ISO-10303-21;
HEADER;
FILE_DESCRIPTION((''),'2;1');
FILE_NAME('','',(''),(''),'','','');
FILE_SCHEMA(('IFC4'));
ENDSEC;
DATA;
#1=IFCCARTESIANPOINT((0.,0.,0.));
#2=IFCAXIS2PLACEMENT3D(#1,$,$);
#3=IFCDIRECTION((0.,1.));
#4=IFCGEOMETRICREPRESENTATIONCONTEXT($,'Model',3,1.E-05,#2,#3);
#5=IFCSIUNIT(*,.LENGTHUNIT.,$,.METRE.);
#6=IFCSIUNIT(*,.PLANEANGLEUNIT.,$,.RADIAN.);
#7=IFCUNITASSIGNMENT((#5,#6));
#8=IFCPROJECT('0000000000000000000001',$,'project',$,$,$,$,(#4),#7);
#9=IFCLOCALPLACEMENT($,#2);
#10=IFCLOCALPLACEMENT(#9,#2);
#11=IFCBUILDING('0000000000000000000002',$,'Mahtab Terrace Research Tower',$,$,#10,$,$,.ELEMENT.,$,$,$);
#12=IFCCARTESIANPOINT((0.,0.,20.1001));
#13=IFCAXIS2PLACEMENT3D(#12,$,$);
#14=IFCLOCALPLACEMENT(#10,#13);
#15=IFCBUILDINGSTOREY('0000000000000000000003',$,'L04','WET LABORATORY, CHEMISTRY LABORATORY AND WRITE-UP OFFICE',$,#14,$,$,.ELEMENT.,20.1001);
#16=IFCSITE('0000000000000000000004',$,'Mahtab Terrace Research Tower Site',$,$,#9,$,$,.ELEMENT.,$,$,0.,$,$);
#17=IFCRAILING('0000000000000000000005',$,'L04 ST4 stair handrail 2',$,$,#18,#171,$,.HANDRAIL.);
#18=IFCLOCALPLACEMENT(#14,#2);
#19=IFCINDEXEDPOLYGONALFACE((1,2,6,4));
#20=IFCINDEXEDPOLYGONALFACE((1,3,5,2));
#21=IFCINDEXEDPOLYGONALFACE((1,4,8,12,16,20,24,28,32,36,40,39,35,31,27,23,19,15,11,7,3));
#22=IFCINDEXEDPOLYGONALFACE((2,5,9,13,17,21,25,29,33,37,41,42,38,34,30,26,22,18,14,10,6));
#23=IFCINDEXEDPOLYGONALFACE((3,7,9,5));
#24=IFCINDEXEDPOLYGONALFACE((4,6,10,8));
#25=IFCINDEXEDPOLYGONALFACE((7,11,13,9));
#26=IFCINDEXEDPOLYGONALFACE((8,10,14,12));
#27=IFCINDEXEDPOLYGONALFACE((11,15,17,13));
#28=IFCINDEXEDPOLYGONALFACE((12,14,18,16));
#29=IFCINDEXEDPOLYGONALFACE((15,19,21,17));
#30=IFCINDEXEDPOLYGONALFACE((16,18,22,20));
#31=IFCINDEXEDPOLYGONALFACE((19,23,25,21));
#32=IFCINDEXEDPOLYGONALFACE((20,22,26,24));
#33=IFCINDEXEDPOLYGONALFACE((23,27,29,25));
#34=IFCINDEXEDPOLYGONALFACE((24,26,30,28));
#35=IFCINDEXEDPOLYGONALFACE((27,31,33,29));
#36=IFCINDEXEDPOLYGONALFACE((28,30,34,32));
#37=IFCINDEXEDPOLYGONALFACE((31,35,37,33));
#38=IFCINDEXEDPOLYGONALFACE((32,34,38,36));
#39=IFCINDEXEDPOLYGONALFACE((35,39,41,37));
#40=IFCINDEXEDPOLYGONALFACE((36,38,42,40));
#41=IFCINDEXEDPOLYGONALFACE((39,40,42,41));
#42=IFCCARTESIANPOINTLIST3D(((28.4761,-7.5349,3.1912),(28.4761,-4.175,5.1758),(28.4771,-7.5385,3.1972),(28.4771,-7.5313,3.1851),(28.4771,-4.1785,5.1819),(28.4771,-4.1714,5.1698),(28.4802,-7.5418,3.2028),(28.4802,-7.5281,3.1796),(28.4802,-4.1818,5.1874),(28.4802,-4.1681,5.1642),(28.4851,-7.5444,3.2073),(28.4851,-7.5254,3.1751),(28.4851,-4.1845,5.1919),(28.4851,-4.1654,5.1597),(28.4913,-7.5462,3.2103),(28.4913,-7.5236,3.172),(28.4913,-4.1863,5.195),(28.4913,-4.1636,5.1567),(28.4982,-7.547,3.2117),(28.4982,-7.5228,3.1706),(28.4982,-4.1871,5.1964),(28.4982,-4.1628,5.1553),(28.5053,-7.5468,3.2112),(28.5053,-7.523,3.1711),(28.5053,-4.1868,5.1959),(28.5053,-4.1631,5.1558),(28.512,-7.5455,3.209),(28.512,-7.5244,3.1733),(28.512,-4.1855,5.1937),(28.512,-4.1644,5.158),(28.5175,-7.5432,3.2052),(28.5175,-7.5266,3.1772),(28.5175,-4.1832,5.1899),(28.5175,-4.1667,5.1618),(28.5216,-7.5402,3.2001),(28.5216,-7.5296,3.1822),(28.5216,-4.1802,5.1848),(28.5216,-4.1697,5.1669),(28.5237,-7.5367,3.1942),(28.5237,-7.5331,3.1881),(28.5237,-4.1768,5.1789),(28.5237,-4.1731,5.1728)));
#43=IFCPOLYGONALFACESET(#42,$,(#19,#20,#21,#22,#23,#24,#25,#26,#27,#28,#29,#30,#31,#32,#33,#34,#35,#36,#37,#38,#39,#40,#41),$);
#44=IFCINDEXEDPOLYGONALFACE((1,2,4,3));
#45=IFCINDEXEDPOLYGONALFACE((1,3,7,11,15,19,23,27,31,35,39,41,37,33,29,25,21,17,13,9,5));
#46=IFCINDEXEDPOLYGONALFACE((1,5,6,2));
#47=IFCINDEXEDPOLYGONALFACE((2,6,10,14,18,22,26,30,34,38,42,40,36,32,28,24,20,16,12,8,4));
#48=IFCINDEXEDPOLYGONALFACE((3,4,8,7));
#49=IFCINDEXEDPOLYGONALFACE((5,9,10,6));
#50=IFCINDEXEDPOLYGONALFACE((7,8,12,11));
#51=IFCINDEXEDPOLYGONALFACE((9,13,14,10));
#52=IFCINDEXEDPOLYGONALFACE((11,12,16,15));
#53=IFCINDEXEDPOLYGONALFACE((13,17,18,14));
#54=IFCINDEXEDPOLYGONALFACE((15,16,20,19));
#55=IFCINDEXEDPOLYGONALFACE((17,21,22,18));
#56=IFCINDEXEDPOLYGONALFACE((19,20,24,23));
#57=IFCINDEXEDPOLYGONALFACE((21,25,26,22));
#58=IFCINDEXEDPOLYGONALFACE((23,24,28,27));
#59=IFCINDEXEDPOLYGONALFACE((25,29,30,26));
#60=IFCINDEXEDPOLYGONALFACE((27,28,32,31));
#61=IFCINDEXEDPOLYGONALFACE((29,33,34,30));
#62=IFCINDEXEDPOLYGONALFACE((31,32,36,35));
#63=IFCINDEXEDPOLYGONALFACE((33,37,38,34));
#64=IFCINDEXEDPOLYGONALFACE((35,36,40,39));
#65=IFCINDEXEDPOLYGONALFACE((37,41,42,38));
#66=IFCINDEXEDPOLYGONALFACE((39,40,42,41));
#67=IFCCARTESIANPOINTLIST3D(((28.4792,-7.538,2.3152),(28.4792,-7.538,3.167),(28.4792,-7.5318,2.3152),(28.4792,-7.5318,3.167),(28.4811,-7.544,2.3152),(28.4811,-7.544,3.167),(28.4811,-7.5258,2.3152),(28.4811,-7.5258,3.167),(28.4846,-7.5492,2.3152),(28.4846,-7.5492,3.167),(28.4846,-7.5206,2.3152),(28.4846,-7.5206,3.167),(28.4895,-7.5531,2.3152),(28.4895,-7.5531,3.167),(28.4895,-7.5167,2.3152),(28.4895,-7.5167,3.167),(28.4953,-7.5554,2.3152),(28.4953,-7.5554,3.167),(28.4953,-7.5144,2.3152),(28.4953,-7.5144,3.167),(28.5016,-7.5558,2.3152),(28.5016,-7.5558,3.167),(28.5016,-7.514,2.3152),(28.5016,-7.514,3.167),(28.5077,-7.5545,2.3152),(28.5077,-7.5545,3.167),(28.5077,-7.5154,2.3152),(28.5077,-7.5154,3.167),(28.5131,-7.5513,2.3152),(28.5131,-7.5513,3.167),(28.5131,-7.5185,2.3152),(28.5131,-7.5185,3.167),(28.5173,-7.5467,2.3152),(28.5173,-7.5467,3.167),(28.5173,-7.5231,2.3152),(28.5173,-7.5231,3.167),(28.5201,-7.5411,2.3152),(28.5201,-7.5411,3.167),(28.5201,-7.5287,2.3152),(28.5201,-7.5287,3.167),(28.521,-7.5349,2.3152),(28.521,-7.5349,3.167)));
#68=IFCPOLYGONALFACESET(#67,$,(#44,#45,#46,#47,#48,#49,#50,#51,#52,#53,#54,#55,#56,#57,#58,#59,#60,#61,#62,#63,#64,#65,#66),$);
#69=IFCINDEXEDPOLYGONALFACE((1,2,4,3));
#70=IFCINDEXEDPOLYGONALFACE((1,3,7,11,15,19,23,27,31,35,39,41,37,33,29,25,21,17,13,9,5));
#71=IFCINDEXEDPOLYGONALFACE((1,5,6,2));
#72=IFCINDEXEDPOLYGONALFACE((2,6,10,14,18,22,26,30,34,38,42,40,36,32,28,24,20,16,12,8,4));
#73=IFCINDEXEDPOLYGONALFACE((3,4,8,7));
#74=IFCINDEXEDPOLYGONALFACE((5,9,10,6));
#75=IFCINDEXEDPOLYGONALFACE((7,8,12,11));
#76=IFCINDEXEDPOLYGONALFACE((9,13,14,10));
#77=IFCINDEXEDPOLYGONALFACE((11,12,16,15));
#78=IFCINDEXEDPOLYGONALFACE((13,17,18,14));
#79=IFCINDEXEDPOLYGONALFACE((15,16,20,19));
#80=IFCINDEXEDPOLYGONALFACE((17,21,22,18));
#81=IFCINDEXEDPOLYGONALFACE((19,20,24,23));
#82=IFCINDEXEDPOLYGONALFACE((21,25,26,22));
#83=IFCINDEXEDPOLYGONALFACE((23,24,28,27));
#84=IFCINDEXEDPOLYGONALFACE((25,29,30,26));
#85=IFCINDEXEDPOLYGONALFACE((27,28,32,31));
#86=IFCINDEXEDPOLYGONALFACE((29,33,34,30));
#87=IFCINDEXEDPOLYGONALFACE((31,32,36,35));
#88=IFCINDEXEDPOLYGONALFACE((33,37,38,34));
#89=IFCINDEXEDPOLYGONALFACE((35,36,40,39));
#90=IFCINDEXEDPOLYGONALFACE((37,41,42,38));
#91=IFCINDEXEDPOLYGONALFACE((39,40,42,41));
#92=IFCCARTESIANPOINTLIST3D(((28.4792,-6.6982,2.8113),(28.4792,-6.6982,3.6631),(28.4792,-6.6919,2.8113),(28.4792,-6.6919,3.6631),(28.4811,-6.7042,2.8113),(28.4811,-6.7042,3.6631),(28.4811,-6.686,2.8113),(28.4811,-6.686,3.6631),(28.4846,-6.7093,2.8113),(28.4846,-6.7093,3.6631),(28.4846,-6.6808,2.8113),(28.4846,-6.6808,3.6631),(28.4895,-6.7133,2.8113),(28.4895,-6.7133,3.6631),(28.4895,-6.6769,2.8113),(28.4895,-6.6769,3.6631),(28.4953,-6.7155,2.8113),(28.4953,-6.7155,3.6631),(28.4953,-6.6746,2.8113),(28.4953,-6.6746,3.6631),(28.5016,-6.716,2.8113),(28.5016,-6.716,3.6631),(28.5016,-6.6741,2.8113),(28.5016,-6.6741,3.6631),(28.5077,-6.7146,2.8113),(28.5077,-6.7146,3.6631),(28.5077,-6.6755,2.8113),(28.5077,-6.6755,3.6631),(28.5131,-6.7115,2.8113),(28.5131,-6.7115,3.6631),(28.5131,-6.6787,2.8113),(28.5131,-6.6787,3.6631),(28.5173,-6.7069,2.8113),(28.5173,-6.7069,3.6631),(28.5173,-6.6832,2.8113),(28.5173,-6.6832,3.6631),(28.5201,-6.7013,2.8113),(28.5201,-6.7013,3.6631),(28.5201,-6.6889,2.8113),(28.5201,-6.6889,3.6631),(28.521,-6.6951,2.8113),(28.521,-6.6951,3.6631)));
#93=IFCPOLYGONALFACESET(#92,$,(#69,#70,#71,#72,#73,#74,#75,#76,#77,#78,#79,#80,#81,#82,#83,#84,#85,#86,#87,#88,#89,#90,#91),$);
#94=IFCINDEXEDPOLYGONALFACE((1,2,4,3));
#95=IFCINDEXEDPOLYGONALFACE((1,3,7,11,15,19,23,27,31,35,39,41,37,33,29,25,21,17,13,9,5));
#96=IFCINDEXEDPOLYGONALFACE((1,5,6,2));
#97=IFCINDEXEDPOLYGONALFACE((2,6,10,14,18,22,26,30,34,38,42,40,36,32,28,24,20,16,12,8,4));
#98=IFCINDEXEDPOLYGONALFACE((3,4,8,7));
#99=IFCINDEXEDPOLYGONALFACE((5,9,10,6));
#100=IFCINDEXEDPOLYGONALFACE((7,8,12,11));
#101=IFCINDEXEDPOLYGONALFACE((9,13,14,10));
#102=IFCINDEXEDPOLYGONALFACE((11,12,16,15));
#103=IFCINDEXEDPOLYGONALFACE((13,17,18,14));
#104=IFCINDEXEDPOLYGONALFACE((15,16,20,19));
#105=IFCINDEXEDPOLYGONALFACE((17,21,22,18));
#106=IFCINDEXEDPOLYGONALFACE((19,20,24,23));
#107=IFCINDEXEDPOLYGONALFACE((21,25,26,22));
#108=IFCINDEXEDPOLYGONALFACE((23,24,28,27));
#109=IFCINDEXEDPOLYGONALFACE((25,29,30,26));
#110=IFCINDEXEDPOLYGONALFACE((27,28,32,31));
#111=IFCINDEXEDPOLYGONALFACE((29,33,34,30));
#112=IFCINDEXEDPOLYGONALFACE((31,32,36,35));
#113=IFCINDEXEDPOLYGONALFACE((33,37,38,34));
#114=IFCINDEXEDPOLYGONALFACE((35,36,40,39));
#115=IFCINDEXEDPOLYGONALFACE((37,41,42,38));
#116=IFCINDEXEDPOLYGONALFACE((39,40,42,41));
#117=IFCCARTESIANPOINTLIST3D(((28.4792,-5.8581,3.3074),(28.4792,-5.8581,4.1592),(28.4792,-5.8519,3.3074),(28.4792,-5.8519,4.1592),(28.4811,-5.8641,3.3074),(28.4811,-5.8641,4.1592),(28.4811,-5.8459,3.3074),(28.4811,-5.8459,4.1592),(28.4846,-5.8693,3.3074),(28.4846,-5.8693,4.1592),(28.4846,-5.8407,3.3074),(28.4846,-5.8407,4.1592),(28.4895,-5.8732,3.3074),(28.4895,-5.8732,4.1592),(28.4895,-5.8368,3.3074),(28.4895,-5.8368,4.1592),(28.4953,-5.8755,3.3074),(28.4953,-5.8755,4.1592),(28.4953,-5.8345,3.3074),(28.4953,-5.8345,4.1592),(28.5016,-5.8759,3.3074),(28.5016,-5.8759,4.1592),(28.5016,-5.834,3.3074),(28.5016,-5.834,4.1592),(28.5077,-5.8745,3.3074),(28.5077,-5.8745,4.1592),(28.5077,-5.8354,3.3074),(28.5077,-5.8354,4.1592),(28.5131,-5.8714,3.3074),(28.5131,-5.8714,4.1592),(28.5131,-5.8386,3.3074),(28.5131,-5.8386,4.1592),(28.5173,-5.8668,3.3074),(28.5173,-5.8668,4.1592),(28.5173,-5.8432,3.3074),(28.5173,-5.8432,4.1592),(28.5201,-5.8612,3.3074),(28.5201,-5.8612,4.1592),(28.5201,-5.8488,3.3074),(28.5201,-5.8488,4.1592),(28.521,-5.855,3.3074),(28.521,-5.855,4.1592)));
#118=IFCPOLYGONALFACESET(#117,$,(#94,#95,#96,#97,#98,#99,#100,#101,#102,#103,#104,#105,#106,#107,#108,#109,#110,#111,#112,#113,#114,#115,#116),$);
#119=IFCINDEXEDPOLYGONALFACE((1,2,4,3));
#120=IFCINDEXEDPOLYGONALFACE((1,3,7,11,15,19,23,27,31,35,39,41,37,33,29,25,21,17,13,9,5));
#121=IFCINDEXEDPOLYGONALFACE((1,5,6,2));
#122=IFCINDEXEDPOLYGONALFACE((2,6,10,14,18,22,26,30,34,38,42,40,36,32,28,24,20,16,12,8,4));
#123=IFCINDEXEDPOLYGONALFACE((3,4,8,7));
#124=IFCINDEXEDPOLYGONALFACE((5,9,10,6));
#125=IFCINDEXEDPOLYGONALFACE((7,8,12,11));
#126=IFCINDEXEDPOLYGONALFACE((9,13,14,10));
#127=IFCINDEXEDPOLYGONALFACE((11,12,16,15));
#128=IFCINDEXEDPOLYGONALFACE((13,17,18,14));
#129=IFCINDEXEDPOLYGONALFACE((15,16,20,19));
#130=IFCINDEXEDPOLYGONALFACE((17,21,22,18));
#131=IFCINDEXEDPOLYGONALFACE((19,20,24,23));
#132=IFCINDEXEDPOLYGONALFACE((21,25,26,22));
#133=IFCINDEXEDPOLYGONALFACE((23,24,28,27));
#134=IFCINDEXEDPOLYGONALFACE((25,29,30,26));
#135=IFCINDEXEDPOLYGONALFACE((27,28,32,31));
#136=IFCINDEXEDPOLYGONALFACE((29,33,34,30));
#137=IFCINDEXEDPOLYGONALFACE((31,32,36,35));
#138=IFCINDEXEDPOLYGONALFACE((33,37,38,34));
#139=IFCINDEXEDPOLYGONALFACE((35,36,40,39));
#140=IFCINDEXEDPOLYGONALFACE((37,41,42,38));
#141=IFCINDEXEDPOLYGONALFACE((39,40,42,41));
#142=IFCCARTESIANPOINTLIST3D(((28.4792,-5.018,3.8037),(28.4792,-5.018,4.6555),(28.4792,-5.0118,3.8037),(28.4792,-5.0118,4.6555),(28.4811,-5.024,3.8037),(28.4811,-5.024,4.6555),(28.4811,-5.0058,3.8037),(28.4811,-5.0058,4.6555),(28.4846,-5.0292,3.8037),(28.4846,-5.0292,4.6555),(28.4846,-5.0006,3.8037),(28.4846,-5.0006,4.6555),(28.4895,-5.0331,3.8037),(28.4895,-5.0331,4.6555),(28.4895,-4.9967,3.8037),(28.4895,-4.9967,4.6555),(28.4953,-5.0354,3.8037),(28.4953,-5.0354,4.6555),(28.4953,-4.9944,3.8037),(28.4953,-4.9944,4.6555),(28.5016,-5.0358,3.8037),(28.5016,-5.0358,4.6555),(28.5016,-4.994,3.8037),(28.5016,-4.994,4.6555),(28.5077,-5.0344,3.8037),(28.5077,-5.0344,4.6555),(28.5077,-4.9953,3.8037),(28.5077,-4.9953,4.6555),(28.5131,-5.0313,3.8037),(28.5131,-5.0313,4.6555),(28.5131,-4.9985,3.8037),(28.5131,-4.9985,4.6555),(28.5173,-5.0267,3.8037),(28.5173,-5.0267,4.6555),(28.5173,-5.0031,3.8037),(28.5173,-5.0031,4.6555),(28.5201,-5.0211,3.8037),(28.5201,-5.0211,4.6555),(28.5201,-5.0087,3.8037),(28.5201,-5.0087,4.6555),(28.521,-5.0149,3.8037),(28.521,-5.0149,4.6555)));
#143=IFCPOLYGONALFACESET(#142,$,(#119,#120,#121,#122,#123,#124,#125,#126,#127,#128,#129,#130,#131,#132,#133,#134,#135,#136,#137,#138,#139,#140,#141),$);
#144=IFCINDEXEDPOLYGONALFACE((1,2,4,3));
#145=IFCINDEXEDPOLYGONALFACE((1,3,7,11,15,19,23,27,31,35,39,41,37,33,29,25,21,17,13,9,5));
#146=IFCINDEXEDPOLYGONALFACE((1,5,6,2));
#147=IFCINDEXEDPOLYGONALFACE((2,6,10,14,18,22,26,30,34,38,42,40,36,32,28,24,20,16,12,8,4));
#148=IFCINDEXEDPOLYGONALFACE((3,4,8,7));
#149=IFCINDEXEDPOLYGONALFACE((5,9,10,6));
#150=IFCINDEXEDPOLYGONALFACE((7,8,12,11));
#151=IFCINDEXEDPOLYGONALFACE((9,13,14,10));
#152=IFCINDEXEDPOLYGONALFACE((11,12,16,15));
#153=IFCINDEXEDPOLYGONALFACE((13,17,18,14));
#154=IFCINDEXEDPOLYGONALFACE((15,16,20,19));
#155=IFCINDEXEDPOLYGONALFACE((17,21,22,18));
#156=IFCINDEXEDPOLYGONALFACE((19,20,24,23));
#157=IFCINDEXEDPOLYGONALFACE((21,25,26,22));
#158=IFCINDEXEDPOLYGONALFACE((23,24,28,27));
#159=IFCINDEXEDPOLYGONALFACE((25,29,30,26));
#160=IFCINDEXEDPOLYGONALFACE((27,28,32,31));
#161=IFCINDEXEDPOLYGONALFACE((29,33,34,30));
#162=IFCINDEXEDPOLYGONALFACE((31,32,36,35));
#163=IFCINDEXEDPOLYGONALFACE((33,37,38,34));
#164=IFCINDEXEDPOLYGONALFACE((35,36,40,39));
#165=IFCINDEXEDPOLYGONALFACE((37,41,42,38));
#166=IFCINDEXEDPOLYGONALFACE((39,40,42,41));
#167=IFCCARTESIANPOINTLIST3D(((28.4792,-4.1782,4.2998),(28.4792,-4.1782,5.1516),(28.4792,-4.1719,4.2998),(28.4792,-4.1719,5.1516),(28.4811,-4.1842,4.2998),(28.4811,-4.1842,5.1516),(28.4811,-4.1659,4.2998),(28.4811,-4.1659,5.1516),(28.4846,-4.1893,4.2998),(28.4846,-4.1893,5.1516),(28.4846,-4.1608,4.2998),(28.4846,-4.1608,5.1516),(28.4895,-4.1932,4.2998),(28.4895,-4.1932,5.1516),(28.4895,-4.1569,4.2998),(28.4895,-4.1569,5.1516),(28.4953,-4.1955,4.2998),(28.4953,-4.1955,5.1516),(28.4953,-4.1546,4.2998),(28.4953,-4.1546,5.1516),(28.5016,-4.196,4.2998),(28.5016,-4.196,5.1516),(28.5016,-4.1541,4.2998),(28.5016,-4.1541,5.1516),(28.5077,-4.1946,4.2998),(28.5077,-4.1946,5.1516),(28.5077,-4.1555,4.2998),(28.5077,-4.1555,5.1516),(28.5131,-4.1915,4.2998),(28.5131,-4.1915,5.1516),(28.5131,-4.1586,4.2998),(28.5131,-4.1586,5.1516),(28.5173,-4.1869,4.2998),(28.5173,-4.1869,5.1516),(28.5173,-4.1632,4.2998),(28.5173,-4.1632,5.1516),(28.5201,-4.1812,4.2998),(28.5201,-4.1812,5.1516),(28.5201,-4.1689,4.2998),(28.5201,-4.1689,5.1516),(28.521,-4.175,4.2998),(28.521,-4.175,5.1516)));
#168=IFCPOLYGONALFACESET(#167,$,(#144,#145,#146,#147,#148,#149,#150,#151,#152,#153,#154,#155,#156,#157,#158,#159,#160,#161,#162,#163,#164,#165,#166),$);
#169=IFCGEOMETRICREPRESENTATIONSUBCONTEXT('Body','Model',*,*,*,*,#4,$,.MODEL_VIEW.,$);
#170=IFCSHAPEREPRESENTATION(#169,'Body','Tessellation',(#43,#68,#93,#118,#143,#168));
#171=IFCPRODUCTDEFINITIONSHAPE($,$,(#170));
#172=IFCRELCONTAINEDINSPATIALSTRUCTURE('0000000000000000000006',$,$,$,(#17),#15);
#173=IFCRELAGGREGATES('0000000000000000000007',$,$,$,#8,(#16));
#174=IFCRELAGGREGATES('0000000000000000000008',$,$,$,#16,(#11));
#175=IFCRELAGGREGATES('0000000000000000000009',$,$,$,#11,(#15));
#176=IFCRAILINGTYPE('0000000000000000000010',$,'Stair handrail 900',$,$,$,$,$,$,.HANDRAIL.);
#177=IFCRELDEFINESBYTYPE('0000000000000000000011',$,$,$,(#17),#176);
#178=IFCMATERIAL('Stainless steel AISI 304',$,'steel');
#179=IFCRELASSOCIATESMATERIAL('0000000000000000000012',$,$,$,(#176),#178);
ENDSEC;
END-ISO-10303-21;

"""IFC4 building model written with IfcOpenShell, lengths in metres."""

from ifc_helpers import new_model, si_unit, direction, frame, origin, origin_2d, place, context, subcontext, project, spatial, circle, extrude, material, type_object, element, save


model = new_model("IFC4")

# Units and contexts
model_context = context("Model", 3, precision=1e-05, world=origin(), true_north=direction((0.0, 1.0)))
body_context = subcontext(model_context, "Body", "Model", "MODEL_VIEW")
ifc_project = project(units=[si_unit("LENGTHUNIT", "METRE"), si_unit("PLANEANGLEUNIT", "RADIAN")], contexts=[model_context])

# Site, building, storey
site_placement = place(None, origin())
site = spatial("IfcSite", under=ifc_project, at=site_placement, Name="Mahtab Terrace Research Tower Site", CompositionType="ELEMENT", RefElevation=0.0)
building_placement = place(site_placement, origin())
building = spatial("IfcBuilding", under=site, at=building_placement, Name="Mahtab Terrace Research Tower", CompositionType="ELEMENT")
storey_placement = place(building_placement, frame((0.0, 0.0, 20.1001)))
storey = spatial("IfcBuildingStorey", under=building, at=storey_placement, Name="L04", Description="WET LABORATORY, CHEMISTRY LABORATORY AND WRITE-UP OFFICE", CompositionType="ELEMENT", Elevation=20.1001)

# Railing
ifc_material_1 = material(Name="Stainless steel AISI 304", Category="steel")
railing_type_1 = type_object("IfcRailingType", Name="Stair handrail 900", PredefinedType="HANDRAIL", material=ifc_material_1)
railing_1_placement = place(storey_placement, frame((28.5, -7.5349, 2.3152)))
element("IfcRailing", 1, at=railing_1_placement, inside=storey, type_object=railing_type_1, Name="L04 ST4 stair handrail 2", PredefinedType="HANDRAIL", context=body_context, shape_type="SweptSolid", body=[
    extrude(circle(Radius=0.0239, at=origin_2d()), frame((0.0, 0.0, 0.876), z_axis=(0.0, 0.861011, 0.508586), x_axis=(-1.0, 0.0, 0.0)), (0.0, 0.0, 1.0), 3.9023),
    extrude(circle(Radius=0.021, at=origin_2d()), origin(), (0.0, 0.0, 1.0), 0.8518),
    extrude(circle(Radius=0.021, at=origin_2d()), frame((0.0, 0.8398, 0.4961)), (0.0, 0.0, 1.0), 0.8518),
    extrude(circle(Radius=0.021, at=origin_2d()), frame((0.0, 1.6799, 0.9922)), (0.0, 0.0, 1.0), 0.8518),
    extrude(circle(Radius=0.021, at=origin_2d()), frame((0.0, 2.52, 1.4885)), (0.0, 0.0, 1.0), 0.8518),
    extrude(circle(Radius=0.021, at=origin_2d()), frame((0.0, 3.3599, 1.9846)), (0.0, 0.0, 1.0), 0.8518),
])

save(model, "model.ifc")
